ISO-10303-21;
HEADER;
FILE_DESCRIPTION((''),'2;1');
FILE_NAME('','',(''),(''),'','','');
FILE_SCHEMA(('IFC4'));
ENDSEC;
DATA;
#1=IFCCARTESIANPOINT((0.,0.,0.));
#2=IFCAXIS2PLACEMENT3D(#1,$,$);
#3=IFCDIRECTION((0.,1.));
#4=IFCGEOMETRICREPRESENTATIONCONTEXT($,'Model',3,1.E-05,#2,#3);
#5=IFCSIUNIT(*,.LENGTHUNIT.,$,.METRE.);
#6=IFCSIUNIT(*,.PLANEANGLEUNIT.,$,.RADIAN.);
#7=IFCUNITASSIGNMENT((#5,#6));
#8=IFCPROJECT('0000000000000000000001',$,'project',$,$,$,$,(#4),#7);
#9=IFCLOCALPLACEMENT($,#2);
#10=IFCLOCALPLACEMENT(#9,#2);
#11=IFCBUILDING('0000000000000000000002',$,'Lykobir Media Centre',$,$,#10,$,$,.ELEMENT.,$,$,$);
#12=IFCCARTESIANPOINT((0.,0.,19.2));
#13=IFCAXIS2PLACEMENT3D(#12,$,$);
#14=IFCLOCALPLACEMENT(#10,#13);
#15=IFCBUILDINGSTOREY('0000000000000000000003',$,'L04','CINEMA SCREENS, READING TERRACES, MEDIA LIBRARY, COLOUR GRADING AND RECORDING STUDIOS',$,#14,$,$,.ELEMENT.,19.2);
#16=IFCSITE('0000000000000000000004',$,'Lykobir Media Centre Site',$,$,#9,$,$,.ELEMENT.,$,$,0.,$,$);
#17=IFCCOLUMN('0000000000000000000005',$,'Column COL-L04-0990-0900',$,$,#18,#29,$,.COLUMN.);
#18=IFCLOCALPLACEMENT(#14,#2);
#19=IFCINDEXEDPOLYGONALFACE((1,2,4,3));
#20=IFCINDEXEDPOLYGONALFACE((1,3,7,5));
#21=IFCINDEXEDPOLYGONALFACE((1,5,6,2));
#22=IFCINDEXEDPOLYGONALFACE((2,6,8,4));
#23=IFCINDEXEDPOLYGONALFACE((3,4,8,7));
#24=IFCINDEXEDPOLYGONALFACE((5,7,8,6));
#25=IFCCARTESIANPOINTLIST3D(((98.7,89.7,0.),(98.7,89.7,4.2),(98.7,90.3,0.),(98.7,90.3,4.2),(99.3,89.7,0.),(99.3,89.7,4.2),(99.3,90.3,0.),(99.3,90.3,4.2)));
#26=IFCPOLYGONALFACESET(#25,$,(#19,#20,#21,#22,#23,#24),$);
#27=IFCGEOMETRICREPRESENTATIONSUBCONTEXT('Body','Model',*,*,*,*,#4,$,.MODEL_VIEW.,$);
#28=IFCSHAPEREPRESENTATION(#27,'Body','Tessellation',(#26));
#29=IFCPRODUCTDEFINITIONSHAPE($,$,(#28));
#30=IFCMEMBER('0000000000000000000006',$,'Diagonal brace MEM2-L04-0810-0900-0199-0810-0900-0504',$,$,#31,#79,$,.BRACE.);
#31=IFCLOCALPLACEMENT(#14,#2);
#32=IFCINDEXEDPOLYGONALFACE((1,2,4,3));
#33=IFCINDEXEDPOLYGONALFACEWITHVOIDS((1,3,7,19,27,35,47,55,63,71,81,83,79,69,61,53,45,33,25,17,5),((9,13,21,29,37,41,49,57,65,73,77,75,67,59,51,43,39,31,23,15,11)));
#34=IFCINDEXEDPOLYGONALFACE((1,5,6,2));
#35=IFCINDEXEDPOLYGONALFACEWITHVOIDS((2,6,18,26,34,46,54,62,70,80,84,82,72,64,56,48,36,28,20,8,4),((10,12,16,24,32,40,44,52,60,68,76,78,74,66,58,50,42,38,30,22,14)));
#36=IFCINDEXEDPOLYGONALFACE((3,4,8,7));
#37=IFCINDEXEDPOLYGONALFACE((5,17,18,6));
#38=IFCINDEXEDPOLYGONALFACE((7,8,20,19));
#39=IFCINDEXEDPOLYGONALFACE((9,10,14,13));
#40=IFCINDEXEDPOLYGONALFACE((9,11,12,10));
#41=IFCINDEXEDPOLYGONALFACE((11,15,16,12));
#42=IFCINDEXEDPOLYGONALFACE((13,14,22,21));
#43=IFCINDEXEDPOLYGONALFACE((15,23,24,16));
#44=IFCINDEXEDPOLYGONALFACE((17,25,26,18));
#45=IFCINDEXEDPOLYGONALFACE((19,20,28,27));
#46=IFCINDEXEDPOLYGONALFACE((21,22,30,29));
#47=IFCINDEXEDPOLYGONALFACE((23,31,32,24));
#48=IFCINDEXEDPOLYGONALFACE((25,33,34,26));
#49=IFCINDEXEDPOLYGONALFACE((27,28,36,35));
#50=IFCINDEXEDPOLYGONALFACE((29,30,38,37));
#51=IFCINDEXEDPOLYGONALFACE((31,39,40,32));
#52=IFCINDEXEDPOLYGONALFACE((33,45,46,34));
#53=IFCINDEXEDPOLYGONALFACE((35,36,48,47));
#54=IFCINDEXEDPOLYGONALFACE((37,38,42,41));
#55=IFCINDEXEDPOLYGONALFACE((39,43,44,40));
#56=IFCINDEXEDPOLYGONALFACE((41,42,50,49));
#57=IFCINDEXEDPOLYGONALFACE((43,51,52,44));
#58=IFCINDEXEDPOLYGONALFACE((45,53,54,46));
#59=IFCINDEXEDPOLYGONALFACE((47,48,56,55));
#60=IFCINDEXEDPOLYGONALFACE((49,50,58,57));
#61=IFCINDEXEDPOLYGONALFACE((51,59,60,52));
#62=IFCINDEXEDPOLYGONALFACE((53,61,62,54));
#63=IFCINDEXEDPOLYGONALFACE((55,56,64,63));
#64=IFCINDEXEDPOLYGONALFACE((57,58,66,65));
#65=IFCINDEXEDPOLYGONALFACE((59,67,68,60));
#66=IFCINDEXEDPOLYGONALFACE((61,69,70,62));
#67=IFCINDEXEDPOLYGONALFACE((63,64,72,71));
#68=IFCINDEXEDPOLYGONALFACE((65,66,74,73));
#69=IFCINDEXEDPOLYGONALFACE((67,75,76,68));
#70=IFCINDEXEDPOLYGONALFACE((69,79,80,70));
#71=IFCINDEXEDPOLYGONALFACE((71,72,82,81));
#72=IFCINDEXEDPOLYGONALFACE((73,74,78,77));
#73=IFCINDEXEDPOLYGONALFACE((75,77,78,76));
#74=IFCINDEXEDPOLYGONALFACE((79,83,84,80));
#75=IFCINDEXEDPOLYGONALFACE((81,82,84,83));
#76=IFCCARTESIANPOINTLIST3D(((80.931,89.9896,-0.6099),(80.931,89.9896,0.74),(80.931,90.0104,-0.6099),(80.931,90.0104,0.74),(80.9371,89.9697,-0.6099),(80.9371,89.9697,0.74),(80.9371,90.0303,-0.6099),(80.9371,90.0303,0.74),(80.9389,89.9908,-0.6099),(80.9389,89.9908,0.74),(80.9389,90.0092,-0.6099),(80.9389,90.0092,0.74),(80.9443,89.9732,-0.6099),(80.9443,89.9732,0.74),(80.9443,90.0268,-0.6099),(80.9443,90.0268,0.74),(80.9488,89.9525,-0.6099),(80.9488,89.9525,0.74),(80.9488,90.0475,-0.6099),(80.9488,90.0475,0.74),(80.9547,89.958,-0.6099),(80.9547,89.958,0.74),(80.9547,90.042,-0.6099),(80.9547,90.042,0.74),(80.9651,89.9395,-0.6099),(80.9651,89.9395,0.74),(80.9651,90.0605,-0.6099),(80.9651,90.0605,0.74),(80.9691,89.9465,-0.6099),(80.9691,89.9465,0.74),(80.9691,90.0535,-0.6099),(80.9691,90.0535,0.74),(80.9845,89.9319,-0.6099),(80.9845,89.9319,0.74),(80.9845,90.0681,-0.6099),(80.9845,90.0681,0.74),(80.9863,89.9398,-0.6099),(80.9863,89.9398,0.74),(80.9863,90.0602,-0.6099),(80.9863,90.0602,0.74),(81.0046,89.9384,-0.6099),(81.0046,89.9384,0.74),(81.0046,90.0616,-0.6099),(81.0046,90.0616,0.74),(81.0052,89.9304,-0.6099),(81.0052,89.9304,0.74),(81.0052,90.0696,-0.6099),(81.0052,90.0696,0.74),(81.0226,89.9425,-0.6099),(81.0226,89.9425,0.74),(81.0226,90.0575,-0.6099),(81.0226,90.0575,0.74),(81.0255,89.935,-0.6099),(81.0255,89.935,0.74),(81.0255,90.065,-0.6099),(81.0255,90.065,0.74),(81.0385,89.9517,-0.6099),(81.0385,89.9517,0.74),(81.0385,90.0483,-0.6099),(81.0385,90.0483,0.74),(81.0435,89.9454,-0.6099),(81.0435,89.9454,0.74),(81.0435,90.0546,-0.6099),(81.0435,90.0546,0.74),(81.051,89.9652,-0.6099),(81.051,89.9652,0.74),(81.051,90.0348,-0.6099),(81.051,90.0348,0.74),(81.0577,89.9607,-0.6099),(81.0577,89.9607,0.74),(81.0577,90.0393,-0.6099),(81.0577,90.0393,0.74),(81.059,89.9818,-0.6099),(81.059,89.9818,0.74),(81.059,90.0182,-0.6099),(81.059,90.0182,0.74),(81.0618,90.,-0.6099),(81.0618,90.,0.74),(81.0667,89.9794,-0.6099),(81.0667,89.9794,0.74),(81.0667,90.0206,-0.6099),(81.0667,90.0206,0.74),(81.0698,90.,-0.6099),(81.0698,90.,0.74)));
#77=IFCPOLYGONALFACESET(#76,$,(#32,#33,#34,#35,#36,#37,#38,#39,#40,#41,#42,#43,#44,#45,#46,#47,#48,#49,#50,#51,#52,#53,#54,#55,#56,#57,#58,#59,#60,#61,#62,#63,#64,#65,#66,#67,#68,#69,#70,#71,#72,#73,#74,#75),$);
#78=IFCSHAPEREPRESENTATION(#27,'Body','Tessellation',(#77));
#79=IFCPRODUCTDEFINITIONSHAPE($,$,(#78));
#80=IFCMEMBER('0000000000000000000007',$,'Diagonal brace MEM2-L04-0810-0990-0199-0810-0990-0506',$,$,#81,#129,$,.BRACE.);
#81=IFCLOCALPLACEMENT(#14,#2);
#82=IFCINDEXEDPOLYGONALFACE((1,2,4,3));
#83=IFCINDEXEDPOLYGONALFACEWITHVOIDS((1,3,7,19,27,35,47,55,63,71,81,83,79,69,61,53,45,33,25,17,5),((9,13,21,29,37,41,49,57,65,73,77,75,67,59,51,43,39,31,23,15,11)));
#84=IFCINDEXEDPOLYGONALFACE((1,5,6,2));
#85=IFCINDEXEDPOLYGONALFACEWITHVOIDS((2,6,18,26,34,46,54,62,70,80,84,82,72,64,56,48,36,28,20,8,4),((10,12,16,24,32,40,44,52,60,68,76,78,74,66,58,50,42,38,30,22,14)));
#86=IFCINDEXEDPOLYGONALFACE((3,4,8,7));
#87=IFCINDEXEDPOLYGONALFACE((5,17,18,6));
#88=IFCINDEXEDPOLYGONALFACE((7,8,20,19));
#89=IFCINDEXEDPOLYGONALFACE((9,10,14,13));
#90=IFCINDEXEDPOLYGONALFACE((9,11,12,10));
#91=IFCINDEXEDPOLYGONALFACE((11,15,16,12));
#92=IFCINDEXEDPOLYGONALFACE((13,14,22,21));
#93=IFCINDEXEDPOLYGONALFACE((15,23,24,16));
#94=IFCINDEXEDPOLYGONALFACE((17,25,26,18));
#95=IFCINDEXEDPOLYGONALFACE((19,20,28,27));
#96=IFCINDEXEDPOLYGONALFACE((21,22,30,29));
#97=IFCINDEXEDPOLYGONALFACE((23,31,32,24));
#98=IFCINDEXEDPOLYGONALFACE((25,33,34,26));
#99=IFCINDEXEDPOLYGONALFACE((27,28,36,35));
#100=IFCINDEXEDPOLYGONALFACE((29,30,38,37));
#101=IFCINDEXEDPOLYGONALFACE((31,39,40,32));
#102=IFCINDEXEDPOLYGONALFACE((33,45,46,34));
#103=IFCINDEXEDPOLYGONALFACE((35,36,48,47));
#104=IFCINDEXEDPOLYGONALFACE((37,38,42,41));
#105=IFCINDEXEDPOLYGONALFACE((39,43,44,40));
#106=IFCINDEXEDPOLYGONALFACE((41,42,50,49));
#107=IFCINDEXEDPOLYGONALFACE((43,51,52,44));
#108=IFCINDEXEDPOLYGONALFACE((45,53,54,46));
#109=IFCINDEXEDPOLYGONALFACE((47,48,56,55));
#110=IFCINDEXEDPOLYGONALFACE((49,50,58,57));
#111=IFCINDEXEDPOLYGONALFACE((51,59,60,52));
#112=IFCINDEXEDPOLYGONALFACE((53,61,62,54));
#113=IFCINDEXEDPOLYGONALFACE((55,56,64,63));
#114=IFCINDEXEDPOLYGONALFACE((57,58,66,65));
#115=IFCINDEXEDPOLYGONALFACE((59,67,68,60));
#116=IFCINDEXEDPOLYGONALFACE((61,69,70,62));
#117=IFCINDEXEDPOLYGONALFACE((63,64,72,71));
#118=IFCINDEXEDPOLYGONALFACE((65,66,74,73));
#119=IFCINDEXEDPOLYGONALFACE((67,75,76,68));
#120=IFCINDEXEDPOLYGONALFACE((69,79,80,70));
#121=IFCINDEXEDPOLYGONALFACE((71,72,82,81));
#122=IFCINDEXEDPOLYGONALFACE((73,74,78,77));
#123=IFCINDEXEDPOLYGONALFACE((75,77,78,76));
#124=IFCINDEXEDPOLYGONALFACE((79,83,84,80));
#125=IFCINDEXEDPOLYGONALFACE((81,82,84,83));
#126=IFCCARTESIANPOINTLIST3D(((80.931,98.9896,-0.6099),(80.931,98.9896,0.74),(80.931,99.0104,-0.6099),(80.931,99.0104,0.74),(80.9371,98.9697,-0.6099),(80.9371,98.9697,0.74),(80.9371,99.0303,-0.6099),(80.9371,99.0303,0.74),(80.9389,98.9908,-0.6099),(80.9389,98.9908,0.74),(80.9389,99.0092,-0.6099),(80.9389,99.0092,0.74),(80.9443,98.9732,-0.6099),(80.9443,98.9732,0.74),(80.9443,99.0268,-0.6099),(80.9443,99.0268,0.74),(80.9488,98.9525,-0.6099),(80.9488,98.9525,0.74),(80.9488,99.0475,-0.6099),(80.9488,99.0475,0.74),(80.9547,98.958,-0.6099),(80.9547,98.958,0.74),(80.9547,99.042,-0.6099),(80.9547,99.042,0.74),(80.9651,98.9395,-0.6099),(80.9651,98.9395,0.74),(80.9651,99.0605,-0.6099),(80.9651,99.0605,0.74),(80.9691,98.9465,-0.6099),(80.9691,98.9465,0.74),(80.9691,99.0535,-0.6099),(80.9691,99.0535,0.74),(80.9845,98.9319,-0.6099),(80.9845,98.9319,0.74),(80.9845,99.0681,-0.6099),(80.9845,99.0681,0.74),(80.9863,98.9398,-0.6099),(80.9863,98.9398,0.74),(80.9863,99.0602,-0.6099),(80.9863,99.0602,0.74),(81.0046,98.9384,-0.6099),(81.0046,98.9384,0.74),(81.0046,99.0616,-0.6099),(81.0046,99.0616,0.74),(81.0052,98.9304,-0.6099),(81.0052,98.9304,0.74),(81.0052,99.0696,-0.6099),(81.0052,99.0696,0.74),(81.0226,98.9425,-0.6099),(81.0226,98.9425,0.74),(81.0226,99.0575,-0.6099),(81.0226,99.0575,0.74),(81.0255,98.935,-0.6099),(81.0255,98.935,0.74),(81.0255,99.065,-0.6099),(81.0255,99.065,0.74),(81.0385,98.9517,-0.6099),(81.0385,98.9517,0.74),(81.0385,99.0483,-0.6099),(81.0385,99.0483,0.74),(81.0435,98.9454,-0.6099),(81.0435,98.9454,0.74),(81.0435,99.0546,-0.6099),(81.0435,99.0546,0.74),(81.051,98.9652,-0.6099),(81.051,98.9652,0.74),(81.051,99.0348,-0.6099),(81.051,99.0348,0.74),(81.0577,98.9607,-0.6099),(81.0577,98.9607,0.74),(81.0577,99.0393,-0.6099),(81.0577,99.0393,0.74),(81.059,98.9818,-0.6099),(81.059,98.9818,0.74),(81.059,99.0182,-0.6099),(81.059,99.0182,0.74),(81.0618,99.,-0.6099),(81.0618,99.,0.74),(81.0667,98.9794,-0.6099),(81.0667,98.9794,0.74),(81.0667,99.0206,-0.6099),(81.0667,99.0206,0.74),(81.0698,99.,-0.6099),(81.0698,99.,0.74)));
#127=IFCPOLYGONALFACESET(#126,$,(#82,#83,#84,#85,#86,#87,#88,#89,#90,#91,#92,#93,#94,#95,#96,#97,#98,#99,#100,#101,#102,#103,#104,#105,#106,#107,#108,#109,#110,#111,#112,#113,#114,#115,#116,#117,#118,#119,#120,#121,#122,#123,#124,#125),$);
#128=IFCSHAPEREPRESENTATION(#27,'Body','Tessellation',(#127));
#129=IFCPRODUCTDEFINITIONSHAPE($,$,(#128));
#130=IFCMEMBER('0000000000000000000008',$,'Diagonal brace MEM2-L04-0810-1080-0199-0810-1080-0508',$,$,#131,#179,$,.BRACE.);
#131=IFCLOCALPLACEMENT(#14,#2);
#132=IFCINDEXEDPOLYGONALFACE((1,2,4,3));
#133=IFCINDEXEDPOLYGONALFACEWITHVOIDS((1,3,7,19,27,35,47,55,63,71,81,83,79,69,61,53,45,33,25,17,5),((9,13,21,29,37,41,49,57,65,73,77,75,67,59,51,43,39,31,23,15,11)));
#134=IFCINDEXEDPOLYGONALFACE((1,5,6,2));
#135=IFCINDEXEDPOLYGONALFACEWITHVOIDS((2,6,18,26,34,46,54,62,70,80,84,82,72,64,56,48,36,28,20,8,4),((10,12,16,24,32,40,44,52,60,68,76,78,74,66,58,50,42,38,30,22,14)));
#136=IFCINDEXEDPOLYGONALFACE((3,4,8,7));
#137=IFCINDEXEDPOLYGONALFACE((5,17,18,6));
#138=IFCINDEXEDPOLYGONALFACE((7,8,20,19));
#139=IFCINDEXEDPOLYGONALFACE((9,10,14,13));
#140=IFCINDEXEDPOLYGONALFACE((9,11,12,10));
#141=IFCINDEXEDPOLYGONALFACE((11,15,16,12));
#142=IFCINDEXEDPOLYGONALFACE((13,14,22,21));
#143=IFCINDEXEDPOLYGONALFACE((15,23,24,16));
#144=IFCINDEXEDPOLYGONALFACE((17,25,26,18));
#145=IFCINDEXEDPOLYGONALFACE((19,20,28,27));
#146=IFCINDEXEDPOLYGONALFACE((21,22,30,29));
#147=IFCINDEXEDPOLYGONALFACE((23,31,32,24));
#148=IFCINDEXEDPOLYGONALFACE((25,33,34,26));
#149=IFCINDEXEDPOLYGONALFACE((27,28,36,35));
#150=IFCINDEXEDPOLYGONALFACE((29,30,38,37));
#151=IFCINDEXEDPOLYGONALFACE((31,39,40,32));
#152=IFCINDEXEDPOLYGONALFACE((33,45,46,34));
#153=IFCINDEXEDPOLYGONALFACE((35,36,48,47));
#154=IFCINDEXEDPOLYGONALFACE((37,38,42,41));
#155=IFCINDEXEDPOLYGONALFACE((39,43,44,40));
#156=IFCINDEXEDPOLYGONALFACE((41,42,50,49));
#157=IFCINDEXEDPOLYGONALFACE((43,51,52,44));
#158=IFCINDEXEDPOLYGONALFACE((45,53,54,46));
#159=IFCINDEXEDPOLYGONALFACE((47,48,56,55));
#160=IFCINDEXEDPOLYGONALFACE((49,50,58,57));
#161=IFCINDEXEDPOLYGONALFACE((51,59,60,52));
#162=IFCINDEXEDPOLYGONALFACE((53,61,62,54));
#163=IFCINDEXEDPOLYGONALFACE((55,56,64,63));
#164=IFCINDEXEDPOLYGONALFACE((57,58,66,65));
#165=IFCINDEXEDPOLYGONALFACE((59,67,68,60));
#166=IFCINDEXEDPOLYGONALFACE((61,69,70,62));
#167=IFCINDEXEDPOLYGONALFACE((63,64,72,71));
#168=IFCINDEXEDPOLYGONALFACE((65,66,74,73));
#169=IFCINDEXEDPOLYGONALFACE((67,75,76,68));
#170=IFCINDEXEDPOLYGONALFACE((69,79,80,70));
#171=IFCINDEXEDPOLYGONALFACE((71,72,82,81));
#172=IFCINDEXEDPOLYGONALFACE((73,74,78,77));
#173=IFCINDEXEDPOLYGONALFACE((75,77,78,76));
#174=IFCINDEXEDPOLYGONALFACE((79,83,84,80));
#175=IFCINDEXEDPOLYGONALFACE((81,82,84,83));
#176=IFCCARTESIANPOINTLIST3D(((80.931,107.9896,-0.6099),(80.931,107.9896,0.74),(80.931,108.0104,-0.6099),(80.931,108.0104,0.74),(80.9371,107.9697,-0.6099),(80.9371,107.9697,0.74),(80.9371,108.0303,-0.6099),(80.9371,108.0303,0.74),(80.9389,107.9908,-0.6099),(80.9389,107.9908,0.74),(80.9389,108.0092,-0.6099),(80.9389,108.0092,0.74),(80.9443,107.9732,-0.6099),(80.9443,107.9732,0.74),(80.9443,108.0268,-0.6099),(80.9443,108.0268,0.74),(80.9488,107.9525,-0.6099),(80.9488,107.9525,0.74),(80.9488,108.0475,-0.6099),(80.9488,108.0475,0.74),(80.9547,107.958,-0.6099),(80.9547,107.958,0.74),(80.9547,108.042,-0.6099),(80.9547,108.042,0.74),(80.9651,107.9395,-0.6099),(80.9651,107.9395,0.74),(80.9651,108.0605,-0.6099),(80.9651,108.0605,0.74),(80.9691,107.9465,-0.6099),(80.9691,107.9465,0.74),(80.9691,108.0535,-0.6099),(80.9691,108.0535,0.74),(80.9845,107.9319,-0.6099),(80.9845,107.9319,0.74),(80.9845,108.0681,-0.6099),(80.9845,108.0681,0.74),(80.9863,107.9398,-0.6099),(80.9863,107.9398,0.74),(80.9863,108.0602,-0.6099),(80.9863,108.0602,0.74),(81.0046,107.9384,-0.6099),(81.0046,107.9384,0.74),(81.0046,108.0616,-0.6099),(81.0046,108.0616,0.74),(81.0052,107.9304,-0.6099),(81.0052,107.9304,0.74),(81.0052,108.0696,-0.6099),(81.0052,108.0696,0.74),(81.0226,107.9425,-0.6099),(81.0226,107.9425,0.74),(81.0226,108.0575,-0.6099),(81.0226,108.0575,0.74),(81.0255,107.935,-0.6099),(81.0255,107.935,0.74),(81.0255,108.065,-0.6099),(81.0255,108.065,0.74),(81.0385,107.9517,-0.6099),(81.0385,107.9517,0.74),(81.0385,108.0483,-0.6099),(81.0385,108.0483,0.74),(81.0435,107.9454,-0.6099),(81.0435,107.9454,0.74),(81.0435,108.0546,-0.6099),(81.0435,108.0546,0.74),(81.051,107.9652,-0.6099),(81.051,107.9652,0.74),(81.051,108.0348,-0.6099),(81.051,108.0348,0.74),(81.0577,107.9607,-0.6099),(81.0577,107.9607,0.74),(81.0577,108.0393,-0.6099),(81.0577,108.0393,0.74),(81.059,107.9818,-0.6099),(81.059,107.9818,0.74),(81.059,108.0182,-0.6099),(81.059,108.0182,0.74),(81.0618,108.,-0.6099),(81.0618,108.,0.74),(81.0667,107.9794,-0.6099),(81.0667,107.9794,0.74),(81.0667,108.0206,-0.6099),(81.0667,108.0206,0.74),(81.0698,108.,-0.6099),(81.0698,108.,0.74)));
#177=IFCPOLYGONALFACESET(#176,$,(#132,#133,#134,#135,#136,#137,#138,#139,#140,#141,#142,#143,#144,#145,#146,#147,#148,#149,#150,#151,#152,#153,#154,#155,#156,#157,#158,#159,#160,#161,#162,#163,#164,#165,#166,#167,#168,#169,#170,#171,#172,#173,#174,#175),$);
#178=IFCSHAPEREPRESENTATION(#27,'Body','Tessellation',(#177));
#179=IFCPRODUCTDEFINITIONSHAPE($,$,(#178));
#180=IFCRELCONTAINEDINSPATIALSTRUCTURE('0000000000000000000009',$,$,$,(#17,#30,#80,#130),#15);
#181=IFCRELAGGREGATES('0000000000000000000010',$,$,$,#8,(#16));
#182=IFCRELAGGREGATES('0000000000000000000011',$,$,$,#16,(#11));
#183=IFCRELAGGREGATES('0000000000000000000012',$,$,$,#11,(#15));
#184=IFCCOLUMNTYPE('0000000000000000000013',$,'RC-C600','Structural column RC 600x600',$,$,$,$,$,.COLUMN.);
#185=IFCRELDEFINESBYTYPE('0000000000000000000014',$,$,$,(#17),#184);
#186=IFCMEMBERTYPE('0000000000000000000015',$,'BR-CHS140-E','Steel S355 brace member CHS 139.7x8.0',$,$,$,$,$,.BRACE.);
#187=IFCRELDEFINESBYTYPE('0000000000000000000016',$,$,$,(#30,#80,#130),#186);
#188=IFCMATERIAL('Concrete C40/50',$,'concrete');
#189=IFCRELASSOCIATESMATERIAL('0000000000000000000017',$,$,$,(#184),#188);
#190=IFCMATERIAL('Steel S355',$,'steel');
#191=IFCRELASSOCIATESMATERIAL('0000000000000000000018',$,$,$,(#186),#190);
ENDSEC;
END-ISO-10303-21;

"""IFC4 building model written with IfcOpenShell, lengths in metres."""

from ifc_helpers import new_model, si_unit, direction, frame, origin, origin_2d, place, context, subcontext, project, spatial, rectangle, hollow_circle, extrude, material, material_profile, profile_set, type_object, element, save


model = new_model("IFC4")

# Units and contexts
model_context = context("Model", 3, precision=1e-05, world=origin(), true_north=direction((0.0, 1.0)))
body_context = subcontext(model_context, "Body", "Model", "MODEL_VIEW")
ifc_project = project(units=[si_unit("LENGTHUNIT", "METRE"), si_unit("PLANEANGLEUNIT", "RADIAN")], contexts=[model_context])

# Site, building, storey
site_placement = place(None, origin())
site = spatial("IfcSite", under=ifc_project, at=site_placement, Name="Lykobir Media Centre Site", CompositionType="ELEMENT", RefElevation=0.0)
building_placement = place(site_placement, origin())
building = spatial("IfcBuilding", under=site, at=building_placement, Name="Lykobir Media Centre", CompositionType="ELEMENT")
storey_placement = place(building_placement, frame((0.0, 0.0, 19.2)))
storey = spatial("IfcBuildingStorey", under=building, at=storey_placement, Name="L04", Description="CINEMA SCREENS, READING TERRACES, MEDIA LIBRARY, COLOUR GRADING AND RECORDING STUDIOS", CompositionType="ELEMENT", Elevation=19.2)

# Column
ifc_material_1 = material(Name="Concrete C40/50", Category="concrete")
ifc_material_profile_1 = material_profile(ifc_material_1, rectangle(XDim=0.6001, YDim=0.6001, at=origin_2d()), Name="RC 600x600")
ifc_profile_set_1 = profile_set([ifc_material_profile_1], Name="Concrete C40/50")
column_type = type_object("IfcColumnType", Name="RC-C600", Description="Structural column RC 600x600", PredefinedType="COLUMN", material=ifc_profile_set_1)
column_placement = place(storey_placement, frame((99.0, 90.0, 0.0), z_axis=(0.0, 0.0, 1.0), x_axis=(1.0, 0.0, 0.0)))
element("IfcColumn", 1, at=column_placement, inside=storey, type_object=column_type, Name="Column COL-L04-0990-0900", PredefinedType="COLUMN", context=body_context, shape_type="SweptSolid", body=[
    extrude(rectangle(XDim=0.6001, YDim=0.6001, at=origin_2d()), origin(), (0.0, 0.0, 1.0), 4.2),
])

# Members
ifc_material_2 = material(Name="Steel S355", Category="steel")
ifc_material_profile_2 = material_profile(ifc_material_2, hollow_circle(Radius=0.0698, WallThickness=0.0081, at=origin_2d()), Name="CHS 139.7x8.0")
ifc_profile_set_2 = profile_set([ifc_material_profile_2], Name="Steel S355")
member_type_1 = type_object("IfcMemberType", Name="BR-CHS140-E", Description="Steel S355 brace member CHS 139.7x8.0", PredefinedType="BRACE", material=ifc_profile_set_2)
for number, where, z_axis, x_axis, name in (
    (2, (81.0, 90.0, 0.74), (0.0, 0.0, -1.0), (1.0, 0.0, 0.0), "Diagonal brace MEM2-L04-0810-0900-0199-0810-0900-0504"),
    (3, (81.0, 99.0, 0.74), (0.0, 0.0, -1.0), (1.0, 0.0, 0.0), "Diagonal brace MEM2-L04-0810-0990-0199-0810-0990-0506"),
    (4, (81.0, 108.0, 0.74), (0.0, 0.0, -1.0), (1.0, 0.0, 0.0), "Diagonal brace MEM2-L04-0810-1080-0199-0810-1080-0508"),
):
    element("IfcMember", number, at=place(storey_placement, frame(where, z_axis=z_axis, x_axis=x_axis)), inside=storey, type_object=member_type_1, Name=name, PredefinedType="BRACE", context=body_context, shape_type="SweptSolid", body=[
        extrude(hollow_circle(Radius=0.0698, WallThickness=0.0081, at=origin_2d()), origin(), (0.0, 0.0, 1.0), 1.3499),
    ])

save(model, "model.ifc")
